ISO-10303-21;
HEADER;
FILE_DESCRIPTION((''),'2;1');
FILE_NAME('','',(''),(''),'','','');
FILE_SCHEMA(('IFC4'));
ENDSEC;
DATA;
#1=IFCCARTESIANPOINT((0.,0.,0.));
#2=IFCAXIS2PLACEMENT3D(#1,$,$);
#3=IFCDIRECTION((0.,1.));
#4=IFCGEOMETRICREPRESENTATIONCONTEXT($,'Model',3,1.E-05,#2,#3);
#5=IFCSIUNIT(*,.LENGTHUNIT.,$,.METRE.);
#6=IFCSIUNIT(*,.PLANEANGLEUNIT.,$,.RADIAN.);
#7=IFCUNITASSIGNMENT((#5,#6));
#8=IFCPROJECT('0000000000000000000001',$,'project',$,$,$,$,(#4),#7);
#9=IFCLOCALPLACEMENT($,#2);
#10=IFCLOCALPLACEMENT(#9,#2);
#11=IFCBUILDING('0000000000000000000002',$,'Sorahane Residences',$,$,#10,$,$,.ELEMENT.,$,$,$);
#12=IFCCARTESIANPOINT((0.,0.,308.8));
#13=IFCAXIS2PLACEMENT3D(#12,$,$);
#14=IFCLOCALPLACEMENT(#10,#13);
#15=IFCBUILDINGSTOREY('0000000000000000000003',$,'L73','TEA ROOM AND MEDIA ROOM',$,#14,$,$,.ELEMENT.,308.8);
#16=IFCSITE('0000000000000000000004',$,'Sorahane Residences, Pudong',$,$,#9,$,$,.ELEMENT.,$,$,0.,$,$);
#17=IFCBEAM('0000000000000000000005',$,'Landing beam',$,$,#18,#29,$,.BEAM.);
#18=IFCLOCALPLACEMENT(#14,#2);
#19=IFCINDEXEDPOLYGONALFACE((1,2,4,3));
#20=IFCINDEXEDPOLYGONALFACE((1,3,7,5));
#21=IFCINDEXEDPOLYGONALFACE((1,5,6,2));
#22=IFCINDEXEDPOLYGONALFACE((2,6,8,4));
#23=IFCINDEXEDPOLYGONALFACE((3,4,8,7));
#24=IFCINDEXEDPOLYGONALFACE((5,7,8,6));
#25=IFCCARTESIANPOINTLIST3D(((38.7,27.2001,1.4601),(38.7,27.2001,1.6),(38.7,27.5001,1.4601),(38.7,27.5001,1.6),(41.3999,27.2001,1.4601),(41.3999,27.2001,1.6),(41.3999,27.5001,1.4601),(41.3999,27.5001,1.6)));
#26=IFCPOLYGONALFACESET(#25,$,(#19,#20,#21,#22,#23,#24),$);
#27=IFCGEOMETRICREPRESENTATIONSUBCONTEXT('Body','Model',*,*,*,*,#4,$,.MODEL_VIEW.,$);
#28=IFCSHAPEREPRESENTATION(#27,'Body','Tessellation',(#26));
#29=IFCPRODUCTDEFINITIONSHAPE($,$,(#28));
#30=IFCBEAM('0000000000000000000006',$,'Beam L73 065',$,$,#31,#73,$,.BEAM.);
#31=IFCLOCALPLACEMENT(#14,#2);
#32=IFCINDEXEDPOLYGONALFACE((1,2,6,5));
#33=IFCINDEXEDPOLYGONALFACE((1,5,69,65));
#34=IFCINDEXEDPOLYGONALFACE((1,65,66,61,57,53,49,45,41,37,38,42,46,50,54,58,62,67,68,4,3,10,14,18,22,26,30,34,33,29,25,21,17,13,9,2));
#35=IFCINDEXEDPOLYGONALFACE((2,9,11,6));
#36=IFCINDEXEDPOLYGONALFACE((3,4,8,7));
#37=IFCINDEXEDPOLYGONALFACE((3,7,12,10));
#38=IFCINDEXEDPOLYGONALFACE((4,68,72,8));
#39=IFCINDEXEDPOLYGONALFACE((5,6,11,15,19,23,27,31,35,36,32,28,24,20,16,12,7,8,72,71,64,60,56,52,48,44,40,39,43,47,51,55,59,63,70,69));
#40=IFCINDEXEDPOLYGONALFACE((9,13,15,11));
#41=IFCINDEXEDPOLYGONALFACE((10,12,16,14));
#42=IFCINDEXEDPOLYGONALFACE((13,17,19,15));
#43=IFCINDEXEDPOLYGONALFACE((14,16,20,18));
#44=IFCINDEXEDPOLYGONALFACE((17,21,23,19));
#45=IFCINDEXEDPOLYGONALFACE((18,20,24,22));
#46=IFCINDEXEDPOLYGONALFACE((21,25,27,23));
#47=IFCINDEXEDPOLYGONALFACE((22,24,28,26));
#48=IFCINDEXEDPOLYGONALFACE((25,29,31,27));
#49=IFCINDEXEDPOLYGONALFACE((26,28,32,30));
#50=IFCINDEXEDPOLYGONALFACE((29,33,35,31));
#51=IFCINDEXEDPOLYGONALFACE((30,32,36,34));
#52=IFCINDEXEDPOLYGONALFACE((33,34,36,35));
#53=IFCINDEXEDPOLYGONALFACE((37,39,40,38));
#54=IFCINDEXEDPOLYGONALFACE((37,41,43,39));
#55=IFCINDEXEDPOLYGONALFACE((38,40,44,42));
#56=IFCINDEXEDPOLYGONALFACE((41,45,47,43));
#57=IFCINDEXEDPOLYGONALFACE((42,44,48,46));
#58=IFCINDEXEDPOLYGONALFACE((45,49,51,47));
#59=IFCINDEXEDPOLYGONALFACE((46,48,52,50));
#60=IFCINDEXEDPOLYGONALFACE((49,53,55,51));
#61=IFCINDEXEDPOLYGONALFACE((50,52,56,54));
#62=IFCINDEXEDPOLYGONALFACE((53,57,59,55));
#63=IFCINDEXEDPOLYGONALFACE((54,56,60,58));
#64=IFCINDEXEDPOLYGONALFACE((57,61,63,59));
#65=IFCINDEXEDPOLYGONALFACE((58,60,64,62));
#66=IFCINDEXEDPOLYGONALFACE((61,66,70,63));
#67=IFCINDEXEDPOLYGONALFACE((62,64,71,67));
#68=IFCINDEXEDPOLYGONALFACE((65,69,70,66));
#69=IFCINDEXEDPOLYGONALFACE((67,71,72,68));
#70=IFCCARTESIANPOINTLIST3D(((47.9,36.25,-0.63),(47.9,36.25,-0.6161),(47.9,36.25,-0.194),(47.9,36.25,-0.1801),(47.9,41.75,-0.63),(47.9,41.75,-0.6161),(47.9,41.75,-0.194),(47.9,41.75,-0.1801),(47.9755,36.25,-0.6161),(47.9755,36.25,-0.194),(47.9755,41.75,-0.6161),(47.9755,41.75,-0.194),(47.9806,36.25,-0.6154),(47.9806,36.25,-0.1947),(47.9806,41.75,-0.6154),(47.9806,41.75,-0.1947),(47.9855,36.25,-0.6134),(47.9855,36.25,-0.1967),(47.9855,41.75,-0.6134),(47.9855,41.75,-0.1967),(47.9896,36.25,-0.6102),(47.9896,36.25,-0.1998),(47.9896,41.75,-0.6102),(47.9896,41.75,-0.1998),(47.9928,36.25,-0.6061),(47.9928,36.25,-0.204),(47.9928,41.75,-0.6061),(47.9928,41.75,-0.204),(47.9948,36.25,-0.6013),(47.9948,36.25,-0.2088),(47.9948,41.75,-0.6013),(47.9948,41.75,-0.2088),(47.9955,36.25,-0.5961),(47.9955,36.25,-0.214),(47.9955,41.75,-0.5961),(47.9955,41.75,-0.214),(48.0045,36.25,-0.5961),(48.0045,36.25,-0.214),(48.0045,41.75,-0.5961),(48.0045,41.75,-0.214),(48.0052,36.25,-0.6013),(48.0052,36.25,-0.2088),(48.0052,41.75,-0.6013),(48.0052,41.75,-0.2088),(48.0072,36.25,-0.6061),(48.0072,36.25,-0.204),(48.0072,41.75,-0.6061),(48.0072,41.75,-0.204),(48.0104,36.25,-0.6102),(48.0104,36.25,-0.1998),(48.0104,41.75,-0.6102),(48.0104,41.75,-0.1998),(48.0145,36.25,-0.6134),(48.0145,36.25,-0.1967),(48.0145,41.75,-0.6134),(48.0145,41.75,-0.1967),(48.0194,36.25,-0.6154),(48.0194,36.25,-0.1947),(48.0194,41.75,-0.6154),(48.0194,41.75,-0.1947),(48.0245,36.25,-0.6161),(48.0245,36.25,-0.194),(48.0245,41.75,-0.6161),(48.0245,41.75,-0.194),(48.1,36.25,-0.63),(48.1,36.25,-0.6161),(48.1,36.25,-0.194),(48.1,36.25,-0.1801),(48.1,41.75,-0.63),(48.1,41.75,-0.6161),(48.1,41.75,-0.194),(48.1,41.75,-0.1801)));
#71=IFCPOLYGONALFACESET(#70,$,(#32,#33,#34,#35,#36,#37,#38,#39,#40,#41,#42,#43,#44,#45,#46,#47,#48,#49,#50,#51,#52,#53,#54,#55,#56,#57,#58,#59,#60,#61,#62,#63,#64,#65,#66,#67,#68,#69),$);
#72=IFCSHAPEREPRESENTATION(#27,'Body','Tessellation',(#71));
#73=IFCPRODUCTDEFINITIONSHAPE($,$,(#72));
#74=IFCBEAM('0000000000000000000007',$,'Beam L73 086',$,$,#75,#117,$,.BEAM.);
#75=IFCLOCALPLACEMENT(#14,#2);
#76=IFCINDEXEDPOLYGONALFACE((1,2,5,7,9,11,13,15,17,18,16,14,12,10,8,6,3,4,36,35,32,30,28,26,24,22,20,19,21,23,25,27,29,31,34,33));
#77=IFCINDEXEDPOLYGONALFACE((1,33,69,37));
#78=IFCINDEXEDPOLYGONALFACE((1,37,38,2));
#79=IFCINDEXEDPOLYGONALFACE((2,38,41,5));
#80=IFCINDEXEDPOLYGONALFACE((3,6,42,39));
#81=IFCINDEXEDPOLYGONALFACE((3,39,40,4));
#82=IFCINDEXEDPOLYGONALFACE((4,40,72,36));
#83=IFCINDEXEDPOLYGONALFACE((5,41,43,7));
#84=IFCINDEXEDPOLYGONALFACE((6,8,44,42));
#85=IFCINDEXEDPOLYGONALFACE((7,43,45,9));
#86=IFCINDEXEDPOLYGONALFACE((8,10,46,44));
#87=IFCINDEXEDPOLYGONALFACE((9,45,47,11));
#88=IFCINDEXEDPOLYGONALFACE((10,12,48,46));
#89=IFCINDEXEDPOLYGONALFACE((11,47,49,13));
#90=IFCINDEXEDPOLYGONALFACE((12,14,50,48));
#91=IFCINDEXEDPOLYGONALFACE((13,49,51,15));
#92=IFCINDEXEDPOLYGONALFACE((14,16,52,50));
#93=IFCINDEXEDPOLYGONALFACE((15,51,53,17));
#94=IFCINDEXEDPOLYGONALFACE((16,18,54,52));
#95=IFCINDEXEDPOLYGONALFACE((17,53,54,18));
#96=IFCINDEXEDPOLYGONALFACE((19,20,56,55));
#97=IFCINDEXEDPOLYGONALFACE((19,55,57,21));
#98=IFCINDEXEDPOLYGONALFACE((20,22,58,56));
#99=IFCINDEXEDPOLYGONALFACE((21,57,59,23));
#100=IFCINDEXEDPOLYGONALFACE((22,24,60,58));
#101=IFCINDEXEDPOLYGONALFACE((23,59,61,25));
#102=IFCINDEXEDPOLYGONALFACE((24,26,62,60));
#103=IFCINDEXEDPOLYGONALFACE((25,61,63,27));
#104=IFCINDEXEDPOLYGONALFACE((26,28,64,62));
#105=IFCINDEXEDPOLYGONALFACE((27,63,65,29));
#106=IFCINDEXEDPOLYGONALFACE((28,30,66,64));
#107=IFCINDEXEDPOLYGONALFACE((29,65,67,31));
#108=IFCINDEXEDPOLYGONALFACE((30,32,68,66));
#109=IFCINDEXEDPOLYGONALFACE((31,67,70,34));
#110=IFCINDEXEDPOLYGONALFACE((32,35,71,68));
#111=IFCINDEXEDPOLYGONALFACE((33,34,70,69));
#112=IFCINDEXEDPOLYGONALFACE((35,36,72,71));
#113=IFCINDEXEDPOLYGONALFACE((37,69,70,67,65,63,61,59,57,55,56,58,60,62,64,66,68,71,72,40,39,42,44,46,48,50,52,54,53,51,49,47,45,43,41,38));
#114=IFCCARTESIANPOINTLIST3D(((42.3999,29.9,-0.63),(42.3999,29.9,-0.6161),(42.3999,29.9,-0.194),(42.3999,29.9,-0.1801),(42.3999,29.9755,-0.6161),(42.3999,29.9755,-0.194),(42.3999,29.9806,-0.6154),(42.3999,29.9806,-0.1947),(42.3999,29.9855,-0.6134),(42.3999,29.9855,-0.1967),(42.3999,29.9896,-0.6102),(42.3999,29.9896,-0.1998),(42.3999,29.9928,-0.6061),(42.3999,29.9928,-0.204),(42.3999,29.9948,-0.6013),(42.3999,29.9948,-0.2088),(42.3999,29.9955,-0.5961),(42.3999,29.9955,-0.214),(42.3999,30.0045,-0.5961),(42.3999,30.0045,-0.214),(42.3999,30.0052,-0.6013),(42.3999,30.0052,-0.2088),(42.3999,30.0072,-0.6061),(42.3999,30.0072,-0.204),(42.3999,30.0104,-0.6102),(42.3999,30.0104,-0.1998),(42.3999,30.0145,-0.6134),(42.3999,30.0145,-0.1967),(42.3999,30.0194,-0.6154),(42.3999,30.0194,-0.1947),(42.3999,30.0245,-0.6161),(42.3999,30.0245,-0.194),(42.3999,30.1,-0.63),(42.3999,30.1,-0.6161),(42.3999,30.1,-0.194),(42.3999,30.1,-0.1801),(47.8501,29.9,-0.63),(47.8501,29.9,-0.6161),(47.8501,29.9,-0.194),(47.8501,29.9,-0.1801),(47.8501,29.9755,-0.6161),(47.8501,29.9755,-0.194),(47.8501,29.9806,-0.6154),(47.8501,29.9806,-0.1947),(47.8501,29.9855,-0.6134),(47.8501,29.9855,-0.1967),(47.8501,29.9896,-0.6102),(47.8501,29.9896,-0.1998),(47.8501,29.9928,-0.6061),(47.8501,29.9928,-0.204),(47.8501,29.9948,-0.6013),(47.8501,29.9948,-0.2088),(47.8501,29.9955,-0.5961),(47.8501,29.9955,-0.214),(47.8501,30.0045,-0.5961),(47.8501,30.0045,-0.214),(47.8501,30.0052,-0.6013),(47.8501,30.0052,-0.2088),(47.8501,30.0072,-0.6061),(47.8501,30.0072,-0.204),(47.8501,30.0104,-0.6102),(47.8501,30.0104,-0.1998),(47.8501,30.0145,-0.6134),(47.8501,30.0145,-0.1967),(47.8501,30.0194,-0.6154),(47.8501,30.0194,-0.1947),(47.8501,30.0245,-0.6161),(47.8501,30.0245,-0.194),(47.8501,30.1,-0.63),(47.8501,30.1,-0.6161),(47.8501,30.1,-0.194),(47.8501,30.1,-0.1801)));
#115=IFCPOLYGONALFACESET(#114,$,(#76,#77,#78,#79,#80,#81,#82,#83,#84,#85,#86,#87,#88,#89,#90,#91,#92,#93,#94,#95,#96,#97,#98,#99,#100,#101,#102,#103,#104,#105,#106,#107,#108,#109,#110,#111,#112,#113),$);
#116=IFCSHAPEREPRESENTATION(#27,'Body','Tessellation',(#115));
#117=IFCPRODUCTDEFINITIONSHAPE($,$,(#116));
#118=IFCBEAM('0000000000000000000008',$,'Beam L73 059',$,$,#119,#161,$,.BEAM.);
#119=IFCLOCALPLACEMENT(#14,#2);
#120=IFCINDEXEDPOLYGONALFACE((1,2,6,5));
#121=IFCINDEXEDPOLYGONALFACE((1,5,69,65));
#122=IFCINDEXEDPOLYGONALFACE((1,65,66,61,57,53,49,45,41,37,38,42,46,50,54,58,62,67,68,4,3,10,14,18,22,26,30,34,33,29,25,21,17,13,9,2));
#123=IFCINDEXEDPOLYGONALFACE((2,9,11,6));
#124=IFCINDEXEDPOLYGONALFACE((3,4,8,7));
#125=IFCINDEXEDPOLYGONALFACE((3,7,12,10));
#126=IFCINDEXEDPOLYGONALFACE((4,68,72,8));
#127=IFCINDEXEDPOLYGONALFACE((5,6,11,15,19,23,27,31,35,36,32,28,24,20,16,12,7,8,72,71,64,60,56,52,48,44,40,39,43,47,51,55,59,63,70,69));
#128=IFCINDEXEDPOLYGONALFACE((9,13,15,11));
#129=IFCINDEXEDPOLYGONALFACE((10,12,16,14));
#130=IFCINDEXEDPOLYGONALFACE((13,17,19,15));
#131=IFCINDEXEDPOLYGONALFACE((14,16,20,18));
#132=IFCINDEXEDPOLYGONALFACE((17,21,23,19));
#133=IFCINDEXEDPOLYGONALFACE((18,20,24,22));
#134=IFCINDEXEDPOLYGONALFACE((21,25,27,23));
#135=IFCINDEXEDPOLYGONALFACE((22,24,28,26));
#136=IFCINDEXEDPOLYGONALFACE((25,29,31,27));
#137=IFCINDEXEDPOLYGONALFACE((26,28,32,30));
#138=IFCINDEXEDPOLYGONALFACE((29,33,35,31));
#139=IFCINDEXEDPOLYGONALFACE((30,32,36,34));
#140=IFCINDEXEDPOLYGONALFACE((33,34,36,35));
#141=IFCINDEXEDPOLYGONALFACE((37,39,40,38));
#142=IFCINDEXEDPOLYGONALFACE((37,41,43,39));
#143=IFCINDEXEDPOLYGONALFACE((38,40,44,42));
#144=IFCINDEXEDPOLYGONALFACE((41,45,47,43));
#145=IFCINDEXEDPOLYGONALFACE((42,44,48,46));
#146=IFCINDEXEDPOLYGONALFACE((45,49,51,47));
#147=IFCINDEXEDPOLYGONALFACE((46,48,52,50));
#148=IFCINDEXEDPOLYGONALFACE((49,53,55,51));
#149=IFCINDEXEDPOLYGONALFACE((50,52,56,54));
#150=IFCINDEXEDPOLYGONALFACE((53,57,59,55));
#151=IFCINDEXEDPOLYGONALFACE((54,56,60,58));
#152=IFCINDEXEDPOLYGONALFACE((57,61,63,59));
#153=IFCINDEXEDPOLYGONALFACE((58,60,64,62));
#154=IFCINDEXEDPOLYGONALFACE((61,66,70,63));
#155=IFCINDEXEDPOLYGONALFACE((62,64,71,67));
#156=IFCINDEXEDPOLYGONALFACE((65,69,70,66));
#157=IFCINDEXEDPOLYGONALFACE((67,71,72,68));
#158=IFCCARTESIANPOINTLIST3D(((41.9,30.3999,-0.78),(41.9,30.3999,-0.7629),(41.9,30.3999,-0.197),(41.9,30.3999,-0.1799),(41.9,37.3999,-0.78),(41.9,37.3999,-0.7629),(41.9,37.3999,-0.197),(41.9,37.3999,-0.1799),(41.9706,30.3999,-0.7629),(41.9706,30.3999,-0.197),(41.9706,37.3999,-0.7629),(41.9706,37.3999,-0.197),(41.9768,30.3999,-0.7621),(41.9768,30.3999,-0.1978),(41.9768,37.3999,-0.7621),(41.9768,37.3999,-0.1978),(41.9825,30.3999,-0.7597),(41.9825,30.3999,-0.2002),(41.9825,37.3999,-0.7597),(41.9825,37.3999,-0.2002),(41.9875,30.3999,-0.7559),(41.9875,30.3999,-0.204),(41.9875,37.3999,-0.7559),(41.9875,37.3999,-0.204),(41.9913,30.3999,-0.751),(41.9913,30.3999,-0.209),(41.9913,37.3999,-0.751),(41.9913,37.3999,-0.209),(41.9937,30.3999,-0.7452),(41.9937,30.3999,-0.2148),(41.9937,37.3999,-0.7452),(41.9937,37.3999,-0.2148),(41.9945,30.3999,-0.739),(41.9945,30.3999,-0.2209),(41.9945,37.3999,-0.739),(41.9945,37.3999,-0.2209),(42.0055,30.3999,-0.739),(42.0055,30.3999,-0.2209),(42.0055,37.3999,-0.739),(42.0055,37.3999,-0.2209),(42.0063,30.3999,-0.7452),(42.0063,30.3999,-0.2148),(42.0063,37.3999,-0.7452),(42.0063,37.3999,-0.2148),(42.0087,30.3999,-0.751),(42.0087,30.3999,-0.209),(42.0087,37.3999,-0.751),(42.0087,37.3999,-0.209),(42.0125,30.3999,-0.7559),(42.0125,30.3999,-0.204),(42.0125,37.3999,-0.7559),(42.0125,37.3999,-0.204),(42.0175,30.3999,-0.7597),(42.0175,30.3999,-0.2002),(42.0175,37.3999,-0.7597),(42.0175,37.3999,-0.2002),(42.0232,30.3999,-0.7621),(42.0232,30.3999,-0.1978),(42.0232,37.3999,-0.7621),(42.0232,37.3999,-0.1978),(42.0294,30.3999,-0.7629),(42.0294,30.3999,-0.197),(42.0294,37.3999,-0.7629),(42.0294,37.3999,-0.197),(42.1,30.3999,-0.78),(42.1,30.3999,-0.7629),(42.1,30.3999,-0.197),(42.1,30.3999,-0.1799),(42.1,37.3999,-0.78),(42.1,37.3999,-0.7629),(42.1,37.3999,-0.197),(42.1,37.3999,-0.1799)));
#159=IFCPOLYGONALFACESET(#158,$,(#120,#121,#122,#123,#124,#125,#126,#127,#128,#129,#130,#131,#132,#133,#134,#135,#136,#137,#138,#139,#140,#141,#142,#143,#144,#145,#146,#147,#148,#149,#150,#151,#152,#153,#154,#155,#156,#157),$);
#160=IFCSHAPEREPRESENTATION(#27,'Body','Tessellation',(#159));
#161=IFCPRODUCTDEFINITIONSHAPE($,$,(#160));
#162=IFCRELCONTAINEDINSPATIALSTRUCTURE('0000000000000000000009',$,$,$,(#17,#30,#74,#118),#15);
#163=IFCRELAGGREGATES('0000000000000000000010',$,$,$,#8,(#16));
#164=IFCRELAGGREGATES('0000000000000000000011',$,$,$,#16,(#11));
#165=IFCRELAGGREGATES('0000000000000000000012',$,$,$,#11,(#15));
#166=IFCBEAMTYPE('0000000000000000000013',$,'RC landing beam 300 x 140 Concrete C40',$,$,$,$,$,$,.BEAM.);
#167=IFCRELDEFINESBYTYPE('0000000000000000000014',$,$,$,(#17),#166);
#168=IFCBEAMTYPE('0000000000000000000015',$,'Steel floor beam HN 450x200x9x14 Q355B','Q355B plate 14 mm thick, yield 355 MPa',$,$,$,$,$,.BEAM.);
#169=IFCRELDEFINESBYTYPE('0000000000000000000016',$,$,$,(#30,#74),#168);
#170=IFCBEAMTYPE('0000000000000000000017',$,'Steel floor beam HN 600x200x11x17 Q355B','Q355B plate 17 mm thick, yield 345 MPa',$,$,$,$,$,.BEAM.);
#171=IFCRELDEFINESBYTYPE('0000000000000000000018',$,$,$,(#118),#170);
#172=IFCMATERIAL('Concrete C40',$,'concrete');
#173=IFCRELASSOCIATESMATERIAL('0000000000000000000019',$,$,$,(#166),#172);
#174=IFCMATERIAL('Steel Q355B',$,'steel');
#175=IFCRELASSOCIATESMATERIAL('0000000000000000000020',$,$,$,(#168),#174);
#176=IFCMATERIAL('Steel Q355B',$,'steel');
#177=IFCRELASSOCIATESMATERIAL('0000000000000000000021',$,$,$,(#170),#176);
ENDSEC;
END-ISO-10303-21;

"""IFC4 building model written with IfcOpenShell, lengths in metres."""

from ifc_helpers import new_model, si_unit, direction, frame, origin, origin_2d, place, context, subcontext, project, spatial, rectangle, i_section, extrude, material, material_profile, profile_set, type_object, element, save


model = new_model("IFC4")

# Units and contexts
model_context = context("Model", 3, precision=1e-05, world=origin(), true_north=direction((0.0, 1.0)))
body_context = subcontext(model_context, "Body", "Model", "MODEL_VIEW")
ifc_project = project(units=[si_unit("LENGTHUNIT", "METRE"), si_unit("PLANEANGLEUNIT", "RADIAN")], contexts=[model_context])

# Site, building, storey
site_placement = place(None, origin())
site = spatial("IfcSite", under=ifc_project, at=site_placement, Name="Sorahane Residences, Pudong", CompositionType="ELEMENT", RefElevation=0.0)
building_placement = place(site_placement, origin())
building = spatial("IfcBuilding", under=site, at=building_placement, Name="Sorahane Residences", CompositionType="ELEMENT")
storey_placement = place(building_placement, frame((0.0, 0.0, 308.8)))
storey = spatial("IfcBuildingStorey", under=building, at=storey_placement, Name="L73", Description="TEA ROOM AND MEDIA ROOM", CompositionType="ELEMENT", Elevation=308.8)

# Beams
ifc_material_1 = material(Name="Concrete C40", Category="concrete")
ifc_material_profile_1 = material_profile(ifc_material_1, rectangle(XDim=0.3, YDim=0.1399, at=origin_2d()), Name="300x140")
ifc_profile_set_1 = profile_set([ifc_material_profile_1], Name="Concrete C40")
beam_type_1 = type_object("IfcBeamType", Name="RC landing beam 300 x 140 Concrete C40", PredefinedType="BEAM", material=ifc_profile_set_1)
for number, where, z_axis, x_axis, name in (
    (1, (38.7, 27.3501, 1.53), (1.0, 0.0, 0.0), (0.0, 1.0, 0.0), "Landing beam"),
):
    element("IfcBeam", number, at=place(storey_placement, frame(where, z_axis=z_axis, x_axis=x_axis)), inside=storey, type_object=beam_type_1, Name=name, PredefinedType="BEAM", context=body_context, shape_type="SweptSolid", body=[
        extrude(rectangle(XDim=0.3, YDim=0.1399, at=origin_2d()), origin(), (0.0, 0.0, 1.0), 2.7),
    ])
ifc_material_2 = material(Name="Steel Q355B", Category="steel")
ifc_material_profile_2 = material_profile(ifc_material_2, i_section(OverallWidth=0.2, OverallDepth=0.45, WebThickness=0.009, FlangeThickness=0.0139, FilletRadius=0.02, at=origin_2d()), Name="HN 450x200x9x14")
ifc_profile_set_2 = profile_set([ifc_material_profile_2], Name="Steel Q355B")
beam_type_2 = type_object("IfcBeamType", Name="Steel floor beam HN 450x200x9x14 Q355B", Description="Q355B plate 14 mm thick, yield 355 MPa", PredefinedType="BEAM", material=ifc_profile_set_2)
beam_1_placement = place(storey_placement, frame((48.0, 36.25, -0.405), z_axis=(0.0, 1.0, 0.0), x_axis=(-1.0, 0.0, 0.0)))
element("IfcBeam", 2, at=beam_1_placement, inside=storey, type_object=beam_type_2, Name="Beam L73 065", PredefinedType="BEAM", context=body_context, shape_type="SweptSolid", body=[
    extrude(i_section(OverallWidth=0.2, OverallDepth=0.45, WebThickness=0.009, FlangeThickness=0.0139, FilletRadius=0.02, at=origin_2d()), origin(), (0.0, 0.0, 1.0), 5.5),
])
beam_2_placement = place(storey_placement, frame((42.3999, 30.0, -0.405), z_axis=(1.0, 0.0, 0.0), x_axis=(0.0, 1.0, 0.0)))
element("IfcBeam", 3, at=beam_2_placement, inside=storey, type_object=beam_type_2, Name="Beam L73 086", PredefinedType="BEAM", context=body_context, shape_type="SweptSolid", body=[
    extrude(i_section(OverallWidth=0.2, OverallDepth=0.45, WebThickness=0.009, FlangeThickness=0.0139, FilletRadius=0.02, at=origin_2d()), origin(), (0.0, 0.0, 1.0), 5.4502),
])
ifc_material_3 = material(Name="Steel Q355B", Category="steel")
ifc_material_profile_3 = material_profile(ifc_material_3, i_section(OverallWidth=0.2, OverallDepth=0.6001, WebThickness=0.011, FlangeThickness=0.0171, FilletRadius=0.0239, at=origin_2d()), Name="HN 600x200x11x17")
ifc_profile_set_3 = profile_set([ifc_material_profile_3], Name="Steel Q355B")
beam_type_3 = type_object("IfcBeamType", Name="Steel floor beam HN 600x200x11x17 Q355B", Description="Q355B plate 17 mm thick, yield 345 MPa", PredefinedType="BEAM", material=ifc_profile_set_3)
for number, where, z_axis, x_axis, name in (
    (4, (42.0, 30.3999, -0.48), (0.0, 1.0, 0.0), (-1.0, 0.0, 0.0), "Beam L73 059"),
):
    element("IfcBeam", number, at=place(storey_placement, frame(where, z_axis=z_axis, x_axis=x_axis)), inside=storey, type_object=beam_type_3, Name=name, PredefinedType="BEAM", context=body_context, shape_type="SweptSolid", body=[
        extrude(i_section(OverallWidth=0.2, OverallDepth=0.6001, WebThickness=0.011, FlangeThickness=0.0171, FilletRadius=0.0239, at=origin_2d()), origin(), (0.0, 0.0, 1.0), 7.0),
    ])

save(model, "model.ifc")
